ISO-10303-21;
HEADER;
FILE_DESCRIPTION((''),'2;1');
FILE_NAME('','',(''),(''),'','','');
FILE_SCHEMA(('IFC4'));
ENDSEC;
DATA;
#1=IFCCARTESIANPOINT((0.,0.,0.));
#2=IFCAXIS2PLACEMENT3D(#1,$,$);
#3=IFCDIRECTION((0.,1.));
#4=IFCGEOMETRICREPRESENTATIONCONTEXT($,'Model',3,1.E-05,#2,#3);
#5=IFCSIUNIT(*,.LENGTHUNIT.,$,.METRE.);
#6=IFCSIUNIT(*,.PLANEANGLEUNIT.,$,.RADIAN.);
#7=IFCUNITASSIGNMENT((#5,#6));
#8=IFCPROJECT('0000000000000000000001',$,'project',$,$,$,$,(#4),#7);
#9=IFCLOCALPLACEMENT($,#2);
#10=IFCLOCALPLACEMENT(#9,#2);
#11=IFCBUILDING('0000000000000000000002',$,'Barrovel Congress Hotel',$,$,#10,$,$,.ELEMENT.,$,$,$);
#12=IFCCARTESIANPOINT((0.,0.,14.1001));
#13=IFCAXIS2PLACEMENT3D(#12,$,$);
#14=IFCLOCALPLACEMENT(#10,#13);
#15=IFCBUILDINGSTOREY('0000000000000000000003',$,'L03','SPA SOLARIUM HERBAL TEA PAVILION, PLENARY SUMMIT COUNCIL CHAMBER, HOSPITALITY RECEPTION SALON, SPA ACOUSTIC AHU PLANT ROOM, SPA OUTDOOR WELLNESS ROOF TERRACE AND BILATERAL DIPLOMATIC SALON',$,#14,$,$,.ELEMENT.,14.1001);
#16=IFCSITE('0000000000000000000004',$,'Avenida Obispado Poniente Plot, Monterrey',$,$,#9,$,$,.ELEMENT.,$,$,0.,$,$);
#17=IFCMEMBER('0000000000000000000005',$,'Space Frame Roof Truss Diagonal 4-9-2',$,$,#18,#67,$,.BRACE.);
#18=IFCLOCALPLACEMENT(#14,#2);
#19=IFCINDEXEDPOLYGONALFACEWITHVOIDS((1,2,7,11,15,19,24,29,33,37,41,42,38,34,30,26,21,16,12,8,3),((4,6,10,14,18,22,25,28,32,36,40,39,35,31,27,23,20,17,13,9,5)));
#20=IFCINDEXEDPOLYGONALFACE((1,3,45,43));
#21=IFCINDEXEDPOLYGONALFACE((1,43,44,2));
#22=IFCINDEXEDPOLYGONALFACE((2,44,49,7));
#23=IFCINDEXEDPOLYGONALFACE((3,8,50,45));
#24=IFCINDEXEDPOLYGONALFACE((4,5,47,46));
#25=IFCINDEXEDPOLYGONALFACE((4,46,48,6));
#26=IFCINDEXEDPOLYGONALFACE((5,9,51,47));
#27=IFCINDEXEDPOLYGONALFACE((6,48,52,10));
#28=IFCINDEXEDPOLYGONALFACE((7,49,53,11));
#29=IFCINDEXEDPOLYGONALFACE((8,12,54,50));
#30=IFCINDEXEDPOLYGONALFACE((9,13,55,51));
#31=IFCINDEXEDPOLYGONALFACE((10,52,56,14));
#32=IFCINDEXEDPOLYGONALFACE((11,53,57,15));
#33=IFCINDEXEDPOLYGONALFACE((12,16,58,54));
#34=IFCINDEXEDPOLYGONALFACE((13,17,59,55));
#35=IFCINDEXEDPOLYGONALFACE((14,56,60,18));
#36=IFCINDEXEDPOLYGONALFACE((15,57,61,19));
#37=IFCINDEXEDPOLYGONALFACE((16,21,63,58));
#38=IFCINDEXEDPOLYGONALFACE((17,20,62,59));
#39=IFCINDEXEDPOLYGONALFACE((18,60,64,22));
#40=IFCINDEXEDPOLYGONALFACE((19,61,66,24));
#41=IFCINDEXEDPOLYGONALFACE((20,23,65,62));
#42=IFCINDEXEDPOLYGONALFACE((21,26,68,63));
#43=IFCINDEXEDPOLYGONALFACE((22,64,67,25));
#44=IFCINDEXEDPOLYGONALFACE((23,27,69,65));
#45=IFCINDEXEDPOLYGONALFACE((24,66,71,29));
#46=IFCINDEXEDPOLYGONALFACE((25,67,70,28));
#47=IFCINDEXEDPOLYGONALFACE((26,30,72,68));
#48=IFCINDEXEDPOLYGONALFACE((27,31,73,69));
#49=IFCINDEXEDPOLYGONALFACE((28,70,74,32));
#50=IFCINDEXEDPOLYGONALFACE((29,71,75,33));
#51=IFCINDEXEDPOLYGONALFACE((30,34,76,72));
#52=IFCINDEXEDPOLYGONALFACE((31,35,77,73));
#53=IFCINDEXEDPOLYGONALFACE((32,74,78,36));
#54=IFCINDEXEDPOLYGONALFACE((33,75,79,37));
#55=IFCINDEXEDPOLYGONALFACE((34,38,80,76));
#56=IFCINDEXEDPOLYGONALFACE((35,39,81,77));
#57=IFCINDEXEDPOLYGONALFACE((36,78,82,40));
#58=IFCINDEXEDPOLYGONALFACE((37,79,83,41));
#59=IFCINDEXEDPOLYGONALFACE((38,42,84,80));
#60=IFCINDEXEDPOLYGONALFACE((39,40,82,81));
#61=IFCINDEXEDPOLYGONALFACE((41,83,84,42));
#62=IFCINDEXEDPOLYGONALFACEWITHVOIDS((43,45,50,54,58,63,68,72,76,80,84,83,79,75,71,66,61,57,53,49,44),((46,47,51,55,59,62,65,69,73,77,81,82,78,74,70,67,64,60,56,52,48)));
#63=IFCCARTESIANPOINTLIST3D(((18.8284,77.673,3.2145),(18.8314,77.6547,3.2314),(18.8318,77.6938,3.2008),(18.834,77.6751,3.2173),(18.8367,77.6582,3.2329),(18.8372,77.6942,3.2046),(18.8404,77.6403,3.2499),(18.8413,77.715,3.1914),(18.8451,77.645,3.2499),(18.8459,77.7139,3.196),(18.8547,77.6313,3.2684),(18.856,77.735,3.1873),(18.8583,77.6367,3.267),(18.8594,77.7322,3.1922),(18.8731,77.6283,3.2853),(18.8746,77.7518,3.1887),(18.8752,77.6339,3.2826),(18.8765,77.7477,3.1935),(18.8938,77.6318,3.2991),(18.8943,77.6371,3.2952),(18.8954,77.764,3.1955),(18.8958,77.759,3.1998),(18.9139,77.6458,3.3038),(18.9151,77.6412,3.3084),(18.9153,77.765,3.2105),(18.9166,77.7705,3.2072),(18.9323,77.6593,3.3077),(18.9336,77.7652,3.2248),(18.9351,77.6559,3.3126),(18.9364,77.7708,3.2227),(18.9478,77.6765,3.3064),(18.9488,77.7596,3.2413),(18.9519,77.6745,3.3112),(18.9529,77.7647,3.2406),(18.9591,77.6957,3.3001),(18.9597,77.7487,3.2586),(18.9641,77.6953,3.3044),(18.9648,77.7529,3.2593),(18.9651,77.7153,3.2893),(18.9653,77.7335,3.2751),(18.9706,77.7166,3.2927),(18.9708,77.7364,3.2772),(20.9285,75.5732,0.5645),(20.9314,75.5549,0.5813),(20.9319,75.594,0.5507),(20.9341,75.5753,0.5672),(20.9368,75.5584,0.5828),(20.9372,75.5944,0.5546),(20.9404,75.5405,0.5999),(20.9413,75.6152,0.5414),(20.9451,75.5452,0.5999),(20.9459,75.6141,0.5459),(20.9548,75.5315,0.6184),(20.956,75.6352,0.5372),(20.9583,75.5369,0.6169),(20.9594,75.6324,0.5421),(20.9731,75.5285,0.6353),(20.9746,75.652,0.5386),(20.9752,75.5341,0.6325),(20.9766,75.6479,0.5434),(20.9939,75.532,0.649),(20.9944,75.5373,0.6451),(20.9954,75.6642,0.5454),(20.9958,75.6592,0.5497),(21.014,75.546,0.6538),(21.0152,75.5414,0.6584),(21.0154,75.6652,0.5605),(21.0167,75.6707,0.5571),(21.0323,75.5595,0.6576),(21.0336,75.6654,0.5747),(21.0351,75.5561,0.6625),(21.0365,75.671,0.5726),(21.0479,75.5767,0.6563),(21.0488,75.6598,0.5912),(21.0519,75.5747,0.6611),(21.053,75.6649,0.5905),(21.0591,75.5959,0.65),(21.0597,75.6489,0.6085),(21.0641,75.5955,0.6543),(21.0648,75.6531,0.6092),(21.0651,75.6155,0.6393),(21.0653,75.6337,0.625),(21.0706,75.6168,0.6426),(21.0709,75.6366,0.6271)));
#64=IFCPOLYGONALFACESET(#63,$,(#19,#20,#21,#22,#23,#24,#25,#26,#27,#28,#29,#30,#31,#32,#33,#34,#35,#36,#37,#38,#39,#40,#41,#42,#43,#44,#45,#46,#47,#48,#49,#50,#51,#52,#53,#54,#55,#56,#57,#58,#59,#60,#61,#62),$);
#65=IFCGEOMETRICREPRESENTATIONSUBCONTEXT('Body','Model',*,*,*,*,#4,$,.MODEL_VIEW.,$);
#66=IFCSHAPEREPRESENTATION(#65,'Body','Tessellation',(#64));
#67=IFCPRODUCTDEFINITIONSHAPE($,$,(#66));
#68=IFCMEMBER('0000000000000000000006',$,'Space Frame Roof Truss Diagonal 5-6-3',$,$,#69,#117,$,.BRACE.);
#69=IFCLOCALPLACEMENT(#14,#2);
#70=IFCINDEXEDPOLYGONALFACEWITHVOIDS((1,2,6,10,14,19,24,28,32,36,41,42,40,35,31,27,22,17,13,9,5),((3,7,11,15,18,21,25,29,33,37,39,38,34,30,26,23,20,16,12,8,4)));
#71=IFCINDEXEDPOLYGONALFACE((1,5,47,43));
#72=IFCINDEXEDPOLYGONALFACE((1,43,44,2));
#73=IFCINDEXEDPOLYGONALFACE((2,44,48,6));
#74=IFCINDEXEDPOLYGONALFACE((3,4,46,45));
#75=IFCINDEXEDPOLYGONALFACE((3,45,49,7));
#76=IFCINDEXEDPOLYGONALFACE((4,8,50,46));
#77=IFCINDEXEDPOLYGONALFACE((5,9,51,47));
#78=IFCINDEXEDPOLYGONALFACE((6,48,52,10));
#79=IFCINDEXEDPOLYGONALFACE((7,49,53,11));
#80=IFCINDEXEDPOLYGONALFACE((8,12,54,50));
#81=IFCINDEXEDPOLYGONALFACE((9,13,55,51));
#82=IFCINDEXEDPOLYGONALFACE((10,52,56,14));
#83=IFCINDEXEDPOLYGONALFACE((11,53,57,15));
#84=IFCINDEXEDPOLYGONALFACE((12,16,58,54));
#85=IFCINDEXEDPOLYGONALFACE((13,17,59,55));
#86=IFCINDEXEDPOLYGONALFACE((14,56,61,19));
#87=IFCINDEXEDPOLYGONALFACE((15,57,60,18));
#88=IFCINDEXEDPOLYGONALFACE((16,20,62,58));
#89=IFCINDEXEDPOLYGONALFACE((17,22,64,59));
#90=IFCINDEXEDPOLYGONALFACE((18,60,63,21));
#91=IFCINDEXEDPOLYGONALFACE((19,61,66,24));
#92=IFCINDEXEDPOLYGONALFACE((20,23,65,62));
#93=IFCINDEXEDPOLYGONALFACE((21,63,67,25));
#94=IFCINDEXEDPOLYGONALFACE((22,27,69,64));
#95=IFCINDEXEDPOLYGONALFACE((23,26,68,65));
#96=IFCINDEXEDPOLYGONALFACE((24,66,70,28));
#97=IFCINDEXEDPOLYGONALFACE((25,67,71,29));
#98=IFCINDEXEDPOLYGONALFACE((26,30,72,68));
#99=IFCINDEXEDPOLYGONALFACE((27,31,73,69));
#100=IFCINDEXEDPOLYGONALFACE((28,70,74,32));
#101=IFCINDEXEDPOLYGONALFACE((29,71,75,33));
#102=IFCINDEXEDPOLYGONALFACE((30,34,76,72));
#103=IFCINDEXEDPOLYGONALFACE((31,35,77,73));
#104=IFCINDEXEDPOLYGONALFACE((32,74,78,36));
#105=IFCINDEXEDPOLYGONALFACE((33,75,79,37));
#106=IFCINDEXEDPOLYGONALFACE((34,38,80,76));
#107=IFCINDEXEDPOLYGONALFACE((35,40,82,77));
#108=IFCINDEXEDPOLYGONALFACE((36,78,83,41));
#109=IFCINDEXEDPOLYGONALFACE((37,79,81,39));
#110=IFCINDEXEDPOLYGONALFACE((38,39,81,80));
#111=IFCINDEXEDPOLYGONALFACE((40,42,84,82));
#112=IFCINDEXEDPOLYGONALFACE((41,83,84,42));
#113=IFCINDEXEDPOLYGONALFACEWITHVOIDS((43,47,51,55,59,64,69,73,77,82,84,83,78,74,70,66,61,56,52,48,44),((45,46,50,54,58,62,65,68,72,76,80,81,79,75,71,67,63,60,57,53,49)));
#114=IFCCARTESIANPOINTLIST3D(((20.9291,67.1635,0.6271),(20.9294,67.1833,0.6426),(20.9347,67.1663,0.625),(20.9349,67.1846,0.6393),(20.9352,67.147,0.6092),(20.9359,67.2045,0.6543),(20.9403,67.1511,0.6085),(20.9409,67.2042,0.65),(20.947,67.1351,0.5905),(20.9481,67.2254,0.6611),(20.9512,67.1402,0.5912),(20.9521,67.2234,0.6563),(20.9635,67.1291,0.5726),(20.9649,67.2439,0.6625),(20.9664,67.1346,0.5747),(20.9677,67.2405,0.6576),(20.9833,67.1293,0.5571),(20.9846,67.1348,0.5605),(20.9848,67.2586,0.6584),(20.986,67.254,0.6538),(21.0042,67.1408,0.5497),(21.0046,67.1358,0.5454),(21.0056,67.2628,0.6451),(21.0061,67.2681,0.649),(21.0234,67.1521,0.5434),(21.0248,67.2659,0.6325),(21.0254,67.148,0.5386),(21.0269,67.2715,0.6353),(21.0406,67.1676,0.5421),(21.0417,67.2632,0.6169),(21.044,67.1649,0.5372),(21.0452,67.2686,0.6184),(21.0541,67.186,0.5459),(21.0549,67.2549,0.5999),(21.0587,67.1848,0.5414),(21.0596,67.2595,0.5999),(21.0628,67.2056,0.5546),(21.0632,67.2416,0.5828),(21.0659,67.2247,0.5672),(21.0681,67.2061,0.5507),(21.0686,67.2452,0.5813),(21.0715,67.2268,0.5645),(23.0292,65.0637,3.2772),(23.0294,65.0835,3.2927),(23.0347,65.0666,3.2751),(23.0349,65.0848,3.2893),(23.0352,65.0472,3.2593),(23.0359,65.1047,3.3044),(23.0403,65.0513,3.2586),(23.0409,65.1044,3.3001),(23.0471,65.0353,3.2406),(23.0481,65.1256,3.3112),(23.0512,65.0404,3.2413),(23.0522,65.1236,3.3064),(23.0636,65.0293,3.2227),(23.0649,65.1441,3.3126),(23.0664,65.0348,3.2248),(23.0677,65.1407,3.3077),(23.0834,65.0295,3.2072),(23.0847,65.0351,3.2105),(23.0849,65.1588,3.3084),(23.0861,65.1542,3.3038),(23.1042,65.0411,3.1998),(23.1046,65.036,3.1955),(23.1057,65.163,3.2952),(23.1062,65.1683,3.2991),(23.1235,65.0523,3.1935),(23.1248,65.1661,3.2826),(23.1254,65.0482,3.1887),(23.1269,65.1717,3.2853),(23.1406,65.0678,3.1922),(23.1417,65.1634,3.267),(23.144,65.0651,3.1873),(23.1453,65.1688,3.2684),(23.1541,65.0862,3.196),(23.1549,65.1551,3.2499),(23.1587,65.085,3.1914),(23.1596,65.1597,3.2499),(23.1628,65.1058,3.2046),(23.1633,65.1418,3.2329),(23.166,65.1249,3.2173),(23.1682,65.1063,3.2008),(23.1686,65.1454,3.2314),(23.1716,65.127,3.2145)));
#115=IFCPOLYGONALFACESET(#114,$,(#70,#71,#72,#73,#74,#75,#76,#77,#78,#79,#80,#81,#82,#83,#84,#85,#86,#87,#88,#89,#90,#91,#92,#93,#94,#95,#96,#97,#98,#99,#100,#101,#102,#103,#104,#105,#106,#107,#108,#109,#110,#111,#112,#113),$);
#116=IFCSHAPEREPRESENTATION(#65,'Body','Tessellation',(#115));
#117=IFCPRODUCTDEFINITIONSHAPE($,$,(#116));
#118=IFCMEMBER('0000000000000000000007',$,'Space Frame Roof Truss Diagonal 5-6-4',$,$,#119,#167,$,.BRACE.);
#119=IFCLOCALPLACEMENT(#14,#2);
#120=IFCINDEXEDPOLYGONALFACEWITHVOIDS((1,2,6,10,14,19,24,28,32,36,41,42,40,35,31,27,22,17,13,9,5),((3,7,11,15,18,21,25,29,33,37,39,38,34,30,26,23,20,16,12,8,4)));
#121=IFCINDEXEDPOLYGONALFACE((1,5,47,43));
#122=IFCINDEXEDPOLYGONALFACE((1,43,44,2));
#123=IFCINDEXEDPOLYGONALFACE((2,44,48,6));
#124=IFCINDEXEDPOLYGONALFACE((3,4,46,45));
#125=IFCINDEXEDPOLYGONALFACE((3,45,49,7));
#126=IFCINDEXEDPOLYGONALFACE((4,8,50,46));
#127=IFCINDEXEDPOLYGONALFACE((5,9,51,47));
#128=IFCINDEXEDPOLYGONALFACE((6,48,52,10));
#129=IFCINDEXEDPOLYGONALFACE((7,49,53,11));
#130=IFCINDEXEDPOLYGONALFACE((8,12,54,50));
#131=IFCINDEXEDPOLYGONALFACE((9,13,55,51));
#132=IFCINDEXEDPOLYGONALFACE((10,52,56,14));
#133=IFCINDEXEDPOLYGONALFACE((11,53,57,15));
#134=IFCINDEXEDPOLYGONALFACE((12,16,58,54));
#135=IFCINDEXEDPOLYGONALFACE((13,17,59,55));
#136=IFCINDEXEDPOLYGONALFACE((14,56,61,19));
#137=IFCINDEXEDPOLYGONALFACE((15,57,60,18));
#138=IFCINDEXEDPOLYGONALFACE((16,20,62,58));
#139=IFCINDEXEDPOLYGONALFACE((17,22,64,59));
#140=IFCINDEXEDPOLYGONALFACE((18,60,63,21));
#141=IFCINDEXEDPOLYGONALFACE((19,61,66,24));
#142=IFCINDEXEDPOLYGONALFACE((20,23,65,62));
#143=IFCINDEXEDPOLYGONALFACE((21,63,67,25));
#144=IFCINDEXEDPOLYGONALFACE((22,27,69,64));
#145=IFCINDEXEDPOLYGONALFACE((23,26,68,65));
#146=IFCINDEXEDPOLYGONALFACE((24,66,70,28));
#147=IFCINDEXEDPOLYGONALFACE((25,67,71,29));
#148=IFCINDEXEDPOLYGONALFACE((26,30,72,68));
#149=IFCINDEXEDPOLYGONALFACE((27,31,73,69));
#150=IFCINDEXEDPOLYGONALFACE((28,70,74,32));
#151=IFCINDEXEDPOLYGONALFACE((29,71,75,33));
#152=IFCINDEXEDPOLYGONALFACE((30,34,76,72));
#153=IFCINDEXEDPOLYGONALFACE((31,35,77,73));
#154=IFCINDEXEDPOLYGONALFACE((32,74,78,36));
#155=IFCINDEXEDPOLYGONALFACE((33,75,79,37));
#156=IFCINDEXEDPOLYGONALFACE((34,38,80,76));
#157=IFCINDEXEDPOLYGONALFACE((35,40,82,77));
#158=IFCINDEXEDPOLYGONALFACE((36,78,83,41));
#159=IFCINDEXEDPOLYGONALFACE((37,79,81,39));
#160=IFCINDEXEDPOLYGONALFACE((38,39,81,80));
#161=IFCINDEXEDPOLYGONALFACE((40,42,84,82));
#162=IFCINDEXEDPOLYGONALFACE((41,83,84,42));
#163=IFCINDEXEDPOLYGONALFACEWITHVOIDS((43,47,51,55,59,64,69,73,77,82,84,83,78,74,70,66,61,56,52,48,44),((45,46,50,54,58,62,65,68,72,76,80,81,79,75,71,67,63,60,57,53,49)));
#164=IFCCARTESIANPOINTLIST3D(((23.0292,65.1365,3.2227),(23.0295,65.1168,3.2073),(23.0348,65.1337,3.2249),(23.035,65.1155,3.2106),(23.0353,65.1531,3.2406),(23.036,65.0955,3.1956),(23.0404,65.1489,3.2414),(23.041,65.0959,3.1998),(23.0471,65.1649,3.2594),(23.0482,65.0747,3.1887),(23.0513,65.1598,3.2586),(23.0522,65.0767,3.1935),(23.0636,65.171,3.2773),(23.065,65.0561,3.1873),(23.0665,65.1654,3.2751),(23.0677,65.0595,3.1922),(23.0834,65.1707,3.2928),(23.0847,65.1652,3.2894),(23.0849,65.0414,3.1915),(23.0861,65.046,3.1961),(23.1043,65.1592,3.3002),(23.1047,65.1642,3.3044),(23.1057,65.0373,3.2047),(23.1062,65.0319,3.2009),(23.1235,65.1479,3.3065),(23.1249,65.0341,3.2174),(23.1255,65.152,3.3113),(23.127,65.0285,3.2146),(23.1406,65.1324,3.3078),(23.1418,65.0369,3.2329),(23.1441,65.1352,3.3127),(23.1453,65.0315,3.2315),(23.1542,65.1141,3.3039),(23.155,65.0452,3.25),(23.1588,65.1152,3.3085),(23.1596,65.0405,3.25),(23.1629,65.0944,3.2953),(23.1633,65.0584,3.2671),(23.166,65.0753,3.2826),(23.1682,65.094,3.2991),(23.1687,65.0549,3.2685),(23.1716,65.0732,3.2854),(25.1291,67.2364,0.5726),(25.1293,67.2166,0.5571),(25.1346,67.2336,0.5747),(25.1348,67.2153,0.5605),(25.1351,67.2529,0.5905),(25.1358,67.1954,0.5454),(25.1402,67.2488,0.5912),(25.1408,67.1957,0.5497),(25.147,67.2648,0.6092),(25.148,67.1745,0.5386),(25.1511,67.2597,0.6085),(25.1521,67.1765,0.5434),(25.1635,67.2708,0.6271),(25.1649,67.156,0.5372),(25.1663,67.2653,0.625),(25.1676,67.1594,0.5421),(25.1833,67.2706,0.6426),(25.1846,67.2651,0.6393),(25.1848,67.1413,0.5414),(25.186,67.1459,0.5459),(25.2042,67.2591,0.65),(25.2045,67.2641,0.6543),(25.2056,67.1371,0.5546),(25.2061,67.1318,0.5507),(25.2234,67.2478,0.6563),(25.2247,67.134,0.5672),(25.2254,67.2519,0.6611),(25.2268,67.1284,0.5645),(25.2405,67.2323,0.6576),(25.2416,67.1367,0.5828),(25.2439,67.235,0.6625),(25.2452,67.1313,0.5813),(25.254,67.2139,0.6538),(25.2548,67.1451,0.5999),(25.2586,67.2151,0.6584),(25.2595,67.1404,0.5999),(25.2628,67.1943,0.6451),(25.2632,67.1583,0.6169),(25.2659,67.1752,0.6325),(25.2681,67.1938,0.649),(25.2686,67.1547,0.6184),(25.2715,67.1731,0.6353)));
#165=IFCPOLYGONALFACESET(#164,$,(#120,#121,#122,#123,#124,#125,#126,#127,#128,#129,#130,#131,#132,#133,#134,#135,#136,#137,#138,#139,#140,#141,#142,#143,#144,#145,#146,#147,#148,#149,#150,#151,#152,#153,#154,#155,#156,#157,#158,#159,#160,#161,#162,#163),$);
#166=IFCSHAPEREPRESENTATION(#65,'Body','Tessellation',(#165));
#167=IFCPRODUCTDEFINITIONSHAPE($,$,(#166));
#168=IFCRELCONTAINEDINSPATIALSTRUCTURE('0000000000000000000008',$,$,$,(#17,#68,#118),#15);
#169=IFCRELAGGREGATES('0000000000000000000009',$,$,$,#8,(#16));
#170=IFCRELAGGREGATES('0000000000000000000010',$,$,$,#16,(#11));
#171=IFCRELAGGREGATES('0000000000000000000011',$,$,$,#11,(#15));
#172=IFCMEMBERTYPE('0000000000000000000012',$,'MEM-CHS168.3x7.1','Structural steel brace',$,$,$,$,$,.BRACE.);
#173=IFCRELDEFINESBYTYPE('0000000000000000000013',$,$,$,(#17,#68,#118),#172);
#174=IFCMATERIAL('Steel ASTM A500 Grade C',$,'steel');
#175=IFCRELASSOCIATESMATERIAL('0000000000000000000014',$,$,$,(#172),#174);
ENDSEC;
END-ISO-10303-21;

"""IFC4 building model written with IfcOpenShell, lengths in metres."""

from ifc_helpers import new_model, si_unit, direction, frame, origin, origin_2d, place, context, subcontext, project, spatial, hollow_circle, extrude, material, material_profile, profile_set, type_object, element, save


model = new_model("IFC4")

# Units and contexts
model_context = context("Model", 3, precision=1e-05, world=origin(), true_north=direction((0.0, 1.0)))
body_context = subcontext(model_context, "Body", "Model", "MODEL_VIEW")
ifc_project = project(units=[si_unit("LENGTHUNIT", "METRE"), si_unit("PLANEANGLEUNIT", "RADIAN")], contexts=[model_context])

# Site, building, storey
site_placement = place(None, origin())
site = spatial("IfcSite", under=ifc_project, at=site_placement, Name="Avenida Obispado Poniente Plot, Monterrey", CompositionType="ELEMENT", RefElevation=0.0)
building_placement = place(site_placement, origin())
building = spatial("IfcBuilding", under=site, at=building_placement, Name="Barrovel Congress Hotel", CompositionType="ELEMENT")
storey_placement = place(building_placement, frame((0.0, 0.0, 14.1001)))
storey = spatial("IfcBuildingStorey", under=building, at=storey_placement, Name="L03", Description="SPA SOLARIUM HERBAL TEA PAVILION, PLENARY SUMMIT COUNCIL CHAMBER, HOSPITALITY RECEPTION SALON, SPA ACOUSTIC AHU PLANT ROOM, SPA OUTDOOR WELLNESS ROOF TERRACE AND BILATERAL DIPLOMATIC SALON", CompositionType="ELEMENT", Elevation=14.1001)

# Members
ifc_material_1 = material(Name="Steel ASTM A500 Grade C", Category="steel")
ifc_material_profile_1 = material_profile(ifc_material_1, hollow_circle(Radius=0.0842, WallThickness=0.0066, at=origin_2d()), Name="CHS168.3x7.1")
ifc_profile_set_1 = profile_set([ifc_material_profile_1], Name="Steel ASTM A500 Grade C")
member_type_1 = type_object("IfcMemberType", Name="MEM-CHS168.3x7.1", Description="Structural steel brace", PredefinedType="BRACE", material=ifc_profile_set_1)
for number, where, z_axis, x_axis, name in (
    (1, (21.0, 75.6001, 0.5999), (-0.527618, 0.527557, 0.66581), (-0.707066, -0.707148, 0.0), "Space Frame Roof Truss Diagonal 4-9-2"),
    (2, (21.0, 67.2, 0.5999), (0.527618, -0.527557, 0.66581), (0.707066, 0.707148, 0.0), "Space Frame Roof Truss Diagonal 5-6-3"),
    (3, (25.2, 67.2, 0.5999), (-0.527574, -0.527574, 0.665831), (0.707107, -0.707107, 0.0), "Space Frame Roof Truss Diagonal 5-6-4"),
):
    element("IfcMember", number, at=place(storey_placement, frame(where, z_axis=z_axis, x_axis=x_axis)), inside=storey, type_object=member_type_1, Name=name, PredefinedType="BRACE", context=body_context, shape_type="SweptSolid", body=[
        extrude(hollow_circle(Radius=0.0842, WallThickness=0.0066, at=origin_2d()), origin(), (0.0, 0.0, 1.0), 3.9802),
    ])

save(model, "model.ifc")
